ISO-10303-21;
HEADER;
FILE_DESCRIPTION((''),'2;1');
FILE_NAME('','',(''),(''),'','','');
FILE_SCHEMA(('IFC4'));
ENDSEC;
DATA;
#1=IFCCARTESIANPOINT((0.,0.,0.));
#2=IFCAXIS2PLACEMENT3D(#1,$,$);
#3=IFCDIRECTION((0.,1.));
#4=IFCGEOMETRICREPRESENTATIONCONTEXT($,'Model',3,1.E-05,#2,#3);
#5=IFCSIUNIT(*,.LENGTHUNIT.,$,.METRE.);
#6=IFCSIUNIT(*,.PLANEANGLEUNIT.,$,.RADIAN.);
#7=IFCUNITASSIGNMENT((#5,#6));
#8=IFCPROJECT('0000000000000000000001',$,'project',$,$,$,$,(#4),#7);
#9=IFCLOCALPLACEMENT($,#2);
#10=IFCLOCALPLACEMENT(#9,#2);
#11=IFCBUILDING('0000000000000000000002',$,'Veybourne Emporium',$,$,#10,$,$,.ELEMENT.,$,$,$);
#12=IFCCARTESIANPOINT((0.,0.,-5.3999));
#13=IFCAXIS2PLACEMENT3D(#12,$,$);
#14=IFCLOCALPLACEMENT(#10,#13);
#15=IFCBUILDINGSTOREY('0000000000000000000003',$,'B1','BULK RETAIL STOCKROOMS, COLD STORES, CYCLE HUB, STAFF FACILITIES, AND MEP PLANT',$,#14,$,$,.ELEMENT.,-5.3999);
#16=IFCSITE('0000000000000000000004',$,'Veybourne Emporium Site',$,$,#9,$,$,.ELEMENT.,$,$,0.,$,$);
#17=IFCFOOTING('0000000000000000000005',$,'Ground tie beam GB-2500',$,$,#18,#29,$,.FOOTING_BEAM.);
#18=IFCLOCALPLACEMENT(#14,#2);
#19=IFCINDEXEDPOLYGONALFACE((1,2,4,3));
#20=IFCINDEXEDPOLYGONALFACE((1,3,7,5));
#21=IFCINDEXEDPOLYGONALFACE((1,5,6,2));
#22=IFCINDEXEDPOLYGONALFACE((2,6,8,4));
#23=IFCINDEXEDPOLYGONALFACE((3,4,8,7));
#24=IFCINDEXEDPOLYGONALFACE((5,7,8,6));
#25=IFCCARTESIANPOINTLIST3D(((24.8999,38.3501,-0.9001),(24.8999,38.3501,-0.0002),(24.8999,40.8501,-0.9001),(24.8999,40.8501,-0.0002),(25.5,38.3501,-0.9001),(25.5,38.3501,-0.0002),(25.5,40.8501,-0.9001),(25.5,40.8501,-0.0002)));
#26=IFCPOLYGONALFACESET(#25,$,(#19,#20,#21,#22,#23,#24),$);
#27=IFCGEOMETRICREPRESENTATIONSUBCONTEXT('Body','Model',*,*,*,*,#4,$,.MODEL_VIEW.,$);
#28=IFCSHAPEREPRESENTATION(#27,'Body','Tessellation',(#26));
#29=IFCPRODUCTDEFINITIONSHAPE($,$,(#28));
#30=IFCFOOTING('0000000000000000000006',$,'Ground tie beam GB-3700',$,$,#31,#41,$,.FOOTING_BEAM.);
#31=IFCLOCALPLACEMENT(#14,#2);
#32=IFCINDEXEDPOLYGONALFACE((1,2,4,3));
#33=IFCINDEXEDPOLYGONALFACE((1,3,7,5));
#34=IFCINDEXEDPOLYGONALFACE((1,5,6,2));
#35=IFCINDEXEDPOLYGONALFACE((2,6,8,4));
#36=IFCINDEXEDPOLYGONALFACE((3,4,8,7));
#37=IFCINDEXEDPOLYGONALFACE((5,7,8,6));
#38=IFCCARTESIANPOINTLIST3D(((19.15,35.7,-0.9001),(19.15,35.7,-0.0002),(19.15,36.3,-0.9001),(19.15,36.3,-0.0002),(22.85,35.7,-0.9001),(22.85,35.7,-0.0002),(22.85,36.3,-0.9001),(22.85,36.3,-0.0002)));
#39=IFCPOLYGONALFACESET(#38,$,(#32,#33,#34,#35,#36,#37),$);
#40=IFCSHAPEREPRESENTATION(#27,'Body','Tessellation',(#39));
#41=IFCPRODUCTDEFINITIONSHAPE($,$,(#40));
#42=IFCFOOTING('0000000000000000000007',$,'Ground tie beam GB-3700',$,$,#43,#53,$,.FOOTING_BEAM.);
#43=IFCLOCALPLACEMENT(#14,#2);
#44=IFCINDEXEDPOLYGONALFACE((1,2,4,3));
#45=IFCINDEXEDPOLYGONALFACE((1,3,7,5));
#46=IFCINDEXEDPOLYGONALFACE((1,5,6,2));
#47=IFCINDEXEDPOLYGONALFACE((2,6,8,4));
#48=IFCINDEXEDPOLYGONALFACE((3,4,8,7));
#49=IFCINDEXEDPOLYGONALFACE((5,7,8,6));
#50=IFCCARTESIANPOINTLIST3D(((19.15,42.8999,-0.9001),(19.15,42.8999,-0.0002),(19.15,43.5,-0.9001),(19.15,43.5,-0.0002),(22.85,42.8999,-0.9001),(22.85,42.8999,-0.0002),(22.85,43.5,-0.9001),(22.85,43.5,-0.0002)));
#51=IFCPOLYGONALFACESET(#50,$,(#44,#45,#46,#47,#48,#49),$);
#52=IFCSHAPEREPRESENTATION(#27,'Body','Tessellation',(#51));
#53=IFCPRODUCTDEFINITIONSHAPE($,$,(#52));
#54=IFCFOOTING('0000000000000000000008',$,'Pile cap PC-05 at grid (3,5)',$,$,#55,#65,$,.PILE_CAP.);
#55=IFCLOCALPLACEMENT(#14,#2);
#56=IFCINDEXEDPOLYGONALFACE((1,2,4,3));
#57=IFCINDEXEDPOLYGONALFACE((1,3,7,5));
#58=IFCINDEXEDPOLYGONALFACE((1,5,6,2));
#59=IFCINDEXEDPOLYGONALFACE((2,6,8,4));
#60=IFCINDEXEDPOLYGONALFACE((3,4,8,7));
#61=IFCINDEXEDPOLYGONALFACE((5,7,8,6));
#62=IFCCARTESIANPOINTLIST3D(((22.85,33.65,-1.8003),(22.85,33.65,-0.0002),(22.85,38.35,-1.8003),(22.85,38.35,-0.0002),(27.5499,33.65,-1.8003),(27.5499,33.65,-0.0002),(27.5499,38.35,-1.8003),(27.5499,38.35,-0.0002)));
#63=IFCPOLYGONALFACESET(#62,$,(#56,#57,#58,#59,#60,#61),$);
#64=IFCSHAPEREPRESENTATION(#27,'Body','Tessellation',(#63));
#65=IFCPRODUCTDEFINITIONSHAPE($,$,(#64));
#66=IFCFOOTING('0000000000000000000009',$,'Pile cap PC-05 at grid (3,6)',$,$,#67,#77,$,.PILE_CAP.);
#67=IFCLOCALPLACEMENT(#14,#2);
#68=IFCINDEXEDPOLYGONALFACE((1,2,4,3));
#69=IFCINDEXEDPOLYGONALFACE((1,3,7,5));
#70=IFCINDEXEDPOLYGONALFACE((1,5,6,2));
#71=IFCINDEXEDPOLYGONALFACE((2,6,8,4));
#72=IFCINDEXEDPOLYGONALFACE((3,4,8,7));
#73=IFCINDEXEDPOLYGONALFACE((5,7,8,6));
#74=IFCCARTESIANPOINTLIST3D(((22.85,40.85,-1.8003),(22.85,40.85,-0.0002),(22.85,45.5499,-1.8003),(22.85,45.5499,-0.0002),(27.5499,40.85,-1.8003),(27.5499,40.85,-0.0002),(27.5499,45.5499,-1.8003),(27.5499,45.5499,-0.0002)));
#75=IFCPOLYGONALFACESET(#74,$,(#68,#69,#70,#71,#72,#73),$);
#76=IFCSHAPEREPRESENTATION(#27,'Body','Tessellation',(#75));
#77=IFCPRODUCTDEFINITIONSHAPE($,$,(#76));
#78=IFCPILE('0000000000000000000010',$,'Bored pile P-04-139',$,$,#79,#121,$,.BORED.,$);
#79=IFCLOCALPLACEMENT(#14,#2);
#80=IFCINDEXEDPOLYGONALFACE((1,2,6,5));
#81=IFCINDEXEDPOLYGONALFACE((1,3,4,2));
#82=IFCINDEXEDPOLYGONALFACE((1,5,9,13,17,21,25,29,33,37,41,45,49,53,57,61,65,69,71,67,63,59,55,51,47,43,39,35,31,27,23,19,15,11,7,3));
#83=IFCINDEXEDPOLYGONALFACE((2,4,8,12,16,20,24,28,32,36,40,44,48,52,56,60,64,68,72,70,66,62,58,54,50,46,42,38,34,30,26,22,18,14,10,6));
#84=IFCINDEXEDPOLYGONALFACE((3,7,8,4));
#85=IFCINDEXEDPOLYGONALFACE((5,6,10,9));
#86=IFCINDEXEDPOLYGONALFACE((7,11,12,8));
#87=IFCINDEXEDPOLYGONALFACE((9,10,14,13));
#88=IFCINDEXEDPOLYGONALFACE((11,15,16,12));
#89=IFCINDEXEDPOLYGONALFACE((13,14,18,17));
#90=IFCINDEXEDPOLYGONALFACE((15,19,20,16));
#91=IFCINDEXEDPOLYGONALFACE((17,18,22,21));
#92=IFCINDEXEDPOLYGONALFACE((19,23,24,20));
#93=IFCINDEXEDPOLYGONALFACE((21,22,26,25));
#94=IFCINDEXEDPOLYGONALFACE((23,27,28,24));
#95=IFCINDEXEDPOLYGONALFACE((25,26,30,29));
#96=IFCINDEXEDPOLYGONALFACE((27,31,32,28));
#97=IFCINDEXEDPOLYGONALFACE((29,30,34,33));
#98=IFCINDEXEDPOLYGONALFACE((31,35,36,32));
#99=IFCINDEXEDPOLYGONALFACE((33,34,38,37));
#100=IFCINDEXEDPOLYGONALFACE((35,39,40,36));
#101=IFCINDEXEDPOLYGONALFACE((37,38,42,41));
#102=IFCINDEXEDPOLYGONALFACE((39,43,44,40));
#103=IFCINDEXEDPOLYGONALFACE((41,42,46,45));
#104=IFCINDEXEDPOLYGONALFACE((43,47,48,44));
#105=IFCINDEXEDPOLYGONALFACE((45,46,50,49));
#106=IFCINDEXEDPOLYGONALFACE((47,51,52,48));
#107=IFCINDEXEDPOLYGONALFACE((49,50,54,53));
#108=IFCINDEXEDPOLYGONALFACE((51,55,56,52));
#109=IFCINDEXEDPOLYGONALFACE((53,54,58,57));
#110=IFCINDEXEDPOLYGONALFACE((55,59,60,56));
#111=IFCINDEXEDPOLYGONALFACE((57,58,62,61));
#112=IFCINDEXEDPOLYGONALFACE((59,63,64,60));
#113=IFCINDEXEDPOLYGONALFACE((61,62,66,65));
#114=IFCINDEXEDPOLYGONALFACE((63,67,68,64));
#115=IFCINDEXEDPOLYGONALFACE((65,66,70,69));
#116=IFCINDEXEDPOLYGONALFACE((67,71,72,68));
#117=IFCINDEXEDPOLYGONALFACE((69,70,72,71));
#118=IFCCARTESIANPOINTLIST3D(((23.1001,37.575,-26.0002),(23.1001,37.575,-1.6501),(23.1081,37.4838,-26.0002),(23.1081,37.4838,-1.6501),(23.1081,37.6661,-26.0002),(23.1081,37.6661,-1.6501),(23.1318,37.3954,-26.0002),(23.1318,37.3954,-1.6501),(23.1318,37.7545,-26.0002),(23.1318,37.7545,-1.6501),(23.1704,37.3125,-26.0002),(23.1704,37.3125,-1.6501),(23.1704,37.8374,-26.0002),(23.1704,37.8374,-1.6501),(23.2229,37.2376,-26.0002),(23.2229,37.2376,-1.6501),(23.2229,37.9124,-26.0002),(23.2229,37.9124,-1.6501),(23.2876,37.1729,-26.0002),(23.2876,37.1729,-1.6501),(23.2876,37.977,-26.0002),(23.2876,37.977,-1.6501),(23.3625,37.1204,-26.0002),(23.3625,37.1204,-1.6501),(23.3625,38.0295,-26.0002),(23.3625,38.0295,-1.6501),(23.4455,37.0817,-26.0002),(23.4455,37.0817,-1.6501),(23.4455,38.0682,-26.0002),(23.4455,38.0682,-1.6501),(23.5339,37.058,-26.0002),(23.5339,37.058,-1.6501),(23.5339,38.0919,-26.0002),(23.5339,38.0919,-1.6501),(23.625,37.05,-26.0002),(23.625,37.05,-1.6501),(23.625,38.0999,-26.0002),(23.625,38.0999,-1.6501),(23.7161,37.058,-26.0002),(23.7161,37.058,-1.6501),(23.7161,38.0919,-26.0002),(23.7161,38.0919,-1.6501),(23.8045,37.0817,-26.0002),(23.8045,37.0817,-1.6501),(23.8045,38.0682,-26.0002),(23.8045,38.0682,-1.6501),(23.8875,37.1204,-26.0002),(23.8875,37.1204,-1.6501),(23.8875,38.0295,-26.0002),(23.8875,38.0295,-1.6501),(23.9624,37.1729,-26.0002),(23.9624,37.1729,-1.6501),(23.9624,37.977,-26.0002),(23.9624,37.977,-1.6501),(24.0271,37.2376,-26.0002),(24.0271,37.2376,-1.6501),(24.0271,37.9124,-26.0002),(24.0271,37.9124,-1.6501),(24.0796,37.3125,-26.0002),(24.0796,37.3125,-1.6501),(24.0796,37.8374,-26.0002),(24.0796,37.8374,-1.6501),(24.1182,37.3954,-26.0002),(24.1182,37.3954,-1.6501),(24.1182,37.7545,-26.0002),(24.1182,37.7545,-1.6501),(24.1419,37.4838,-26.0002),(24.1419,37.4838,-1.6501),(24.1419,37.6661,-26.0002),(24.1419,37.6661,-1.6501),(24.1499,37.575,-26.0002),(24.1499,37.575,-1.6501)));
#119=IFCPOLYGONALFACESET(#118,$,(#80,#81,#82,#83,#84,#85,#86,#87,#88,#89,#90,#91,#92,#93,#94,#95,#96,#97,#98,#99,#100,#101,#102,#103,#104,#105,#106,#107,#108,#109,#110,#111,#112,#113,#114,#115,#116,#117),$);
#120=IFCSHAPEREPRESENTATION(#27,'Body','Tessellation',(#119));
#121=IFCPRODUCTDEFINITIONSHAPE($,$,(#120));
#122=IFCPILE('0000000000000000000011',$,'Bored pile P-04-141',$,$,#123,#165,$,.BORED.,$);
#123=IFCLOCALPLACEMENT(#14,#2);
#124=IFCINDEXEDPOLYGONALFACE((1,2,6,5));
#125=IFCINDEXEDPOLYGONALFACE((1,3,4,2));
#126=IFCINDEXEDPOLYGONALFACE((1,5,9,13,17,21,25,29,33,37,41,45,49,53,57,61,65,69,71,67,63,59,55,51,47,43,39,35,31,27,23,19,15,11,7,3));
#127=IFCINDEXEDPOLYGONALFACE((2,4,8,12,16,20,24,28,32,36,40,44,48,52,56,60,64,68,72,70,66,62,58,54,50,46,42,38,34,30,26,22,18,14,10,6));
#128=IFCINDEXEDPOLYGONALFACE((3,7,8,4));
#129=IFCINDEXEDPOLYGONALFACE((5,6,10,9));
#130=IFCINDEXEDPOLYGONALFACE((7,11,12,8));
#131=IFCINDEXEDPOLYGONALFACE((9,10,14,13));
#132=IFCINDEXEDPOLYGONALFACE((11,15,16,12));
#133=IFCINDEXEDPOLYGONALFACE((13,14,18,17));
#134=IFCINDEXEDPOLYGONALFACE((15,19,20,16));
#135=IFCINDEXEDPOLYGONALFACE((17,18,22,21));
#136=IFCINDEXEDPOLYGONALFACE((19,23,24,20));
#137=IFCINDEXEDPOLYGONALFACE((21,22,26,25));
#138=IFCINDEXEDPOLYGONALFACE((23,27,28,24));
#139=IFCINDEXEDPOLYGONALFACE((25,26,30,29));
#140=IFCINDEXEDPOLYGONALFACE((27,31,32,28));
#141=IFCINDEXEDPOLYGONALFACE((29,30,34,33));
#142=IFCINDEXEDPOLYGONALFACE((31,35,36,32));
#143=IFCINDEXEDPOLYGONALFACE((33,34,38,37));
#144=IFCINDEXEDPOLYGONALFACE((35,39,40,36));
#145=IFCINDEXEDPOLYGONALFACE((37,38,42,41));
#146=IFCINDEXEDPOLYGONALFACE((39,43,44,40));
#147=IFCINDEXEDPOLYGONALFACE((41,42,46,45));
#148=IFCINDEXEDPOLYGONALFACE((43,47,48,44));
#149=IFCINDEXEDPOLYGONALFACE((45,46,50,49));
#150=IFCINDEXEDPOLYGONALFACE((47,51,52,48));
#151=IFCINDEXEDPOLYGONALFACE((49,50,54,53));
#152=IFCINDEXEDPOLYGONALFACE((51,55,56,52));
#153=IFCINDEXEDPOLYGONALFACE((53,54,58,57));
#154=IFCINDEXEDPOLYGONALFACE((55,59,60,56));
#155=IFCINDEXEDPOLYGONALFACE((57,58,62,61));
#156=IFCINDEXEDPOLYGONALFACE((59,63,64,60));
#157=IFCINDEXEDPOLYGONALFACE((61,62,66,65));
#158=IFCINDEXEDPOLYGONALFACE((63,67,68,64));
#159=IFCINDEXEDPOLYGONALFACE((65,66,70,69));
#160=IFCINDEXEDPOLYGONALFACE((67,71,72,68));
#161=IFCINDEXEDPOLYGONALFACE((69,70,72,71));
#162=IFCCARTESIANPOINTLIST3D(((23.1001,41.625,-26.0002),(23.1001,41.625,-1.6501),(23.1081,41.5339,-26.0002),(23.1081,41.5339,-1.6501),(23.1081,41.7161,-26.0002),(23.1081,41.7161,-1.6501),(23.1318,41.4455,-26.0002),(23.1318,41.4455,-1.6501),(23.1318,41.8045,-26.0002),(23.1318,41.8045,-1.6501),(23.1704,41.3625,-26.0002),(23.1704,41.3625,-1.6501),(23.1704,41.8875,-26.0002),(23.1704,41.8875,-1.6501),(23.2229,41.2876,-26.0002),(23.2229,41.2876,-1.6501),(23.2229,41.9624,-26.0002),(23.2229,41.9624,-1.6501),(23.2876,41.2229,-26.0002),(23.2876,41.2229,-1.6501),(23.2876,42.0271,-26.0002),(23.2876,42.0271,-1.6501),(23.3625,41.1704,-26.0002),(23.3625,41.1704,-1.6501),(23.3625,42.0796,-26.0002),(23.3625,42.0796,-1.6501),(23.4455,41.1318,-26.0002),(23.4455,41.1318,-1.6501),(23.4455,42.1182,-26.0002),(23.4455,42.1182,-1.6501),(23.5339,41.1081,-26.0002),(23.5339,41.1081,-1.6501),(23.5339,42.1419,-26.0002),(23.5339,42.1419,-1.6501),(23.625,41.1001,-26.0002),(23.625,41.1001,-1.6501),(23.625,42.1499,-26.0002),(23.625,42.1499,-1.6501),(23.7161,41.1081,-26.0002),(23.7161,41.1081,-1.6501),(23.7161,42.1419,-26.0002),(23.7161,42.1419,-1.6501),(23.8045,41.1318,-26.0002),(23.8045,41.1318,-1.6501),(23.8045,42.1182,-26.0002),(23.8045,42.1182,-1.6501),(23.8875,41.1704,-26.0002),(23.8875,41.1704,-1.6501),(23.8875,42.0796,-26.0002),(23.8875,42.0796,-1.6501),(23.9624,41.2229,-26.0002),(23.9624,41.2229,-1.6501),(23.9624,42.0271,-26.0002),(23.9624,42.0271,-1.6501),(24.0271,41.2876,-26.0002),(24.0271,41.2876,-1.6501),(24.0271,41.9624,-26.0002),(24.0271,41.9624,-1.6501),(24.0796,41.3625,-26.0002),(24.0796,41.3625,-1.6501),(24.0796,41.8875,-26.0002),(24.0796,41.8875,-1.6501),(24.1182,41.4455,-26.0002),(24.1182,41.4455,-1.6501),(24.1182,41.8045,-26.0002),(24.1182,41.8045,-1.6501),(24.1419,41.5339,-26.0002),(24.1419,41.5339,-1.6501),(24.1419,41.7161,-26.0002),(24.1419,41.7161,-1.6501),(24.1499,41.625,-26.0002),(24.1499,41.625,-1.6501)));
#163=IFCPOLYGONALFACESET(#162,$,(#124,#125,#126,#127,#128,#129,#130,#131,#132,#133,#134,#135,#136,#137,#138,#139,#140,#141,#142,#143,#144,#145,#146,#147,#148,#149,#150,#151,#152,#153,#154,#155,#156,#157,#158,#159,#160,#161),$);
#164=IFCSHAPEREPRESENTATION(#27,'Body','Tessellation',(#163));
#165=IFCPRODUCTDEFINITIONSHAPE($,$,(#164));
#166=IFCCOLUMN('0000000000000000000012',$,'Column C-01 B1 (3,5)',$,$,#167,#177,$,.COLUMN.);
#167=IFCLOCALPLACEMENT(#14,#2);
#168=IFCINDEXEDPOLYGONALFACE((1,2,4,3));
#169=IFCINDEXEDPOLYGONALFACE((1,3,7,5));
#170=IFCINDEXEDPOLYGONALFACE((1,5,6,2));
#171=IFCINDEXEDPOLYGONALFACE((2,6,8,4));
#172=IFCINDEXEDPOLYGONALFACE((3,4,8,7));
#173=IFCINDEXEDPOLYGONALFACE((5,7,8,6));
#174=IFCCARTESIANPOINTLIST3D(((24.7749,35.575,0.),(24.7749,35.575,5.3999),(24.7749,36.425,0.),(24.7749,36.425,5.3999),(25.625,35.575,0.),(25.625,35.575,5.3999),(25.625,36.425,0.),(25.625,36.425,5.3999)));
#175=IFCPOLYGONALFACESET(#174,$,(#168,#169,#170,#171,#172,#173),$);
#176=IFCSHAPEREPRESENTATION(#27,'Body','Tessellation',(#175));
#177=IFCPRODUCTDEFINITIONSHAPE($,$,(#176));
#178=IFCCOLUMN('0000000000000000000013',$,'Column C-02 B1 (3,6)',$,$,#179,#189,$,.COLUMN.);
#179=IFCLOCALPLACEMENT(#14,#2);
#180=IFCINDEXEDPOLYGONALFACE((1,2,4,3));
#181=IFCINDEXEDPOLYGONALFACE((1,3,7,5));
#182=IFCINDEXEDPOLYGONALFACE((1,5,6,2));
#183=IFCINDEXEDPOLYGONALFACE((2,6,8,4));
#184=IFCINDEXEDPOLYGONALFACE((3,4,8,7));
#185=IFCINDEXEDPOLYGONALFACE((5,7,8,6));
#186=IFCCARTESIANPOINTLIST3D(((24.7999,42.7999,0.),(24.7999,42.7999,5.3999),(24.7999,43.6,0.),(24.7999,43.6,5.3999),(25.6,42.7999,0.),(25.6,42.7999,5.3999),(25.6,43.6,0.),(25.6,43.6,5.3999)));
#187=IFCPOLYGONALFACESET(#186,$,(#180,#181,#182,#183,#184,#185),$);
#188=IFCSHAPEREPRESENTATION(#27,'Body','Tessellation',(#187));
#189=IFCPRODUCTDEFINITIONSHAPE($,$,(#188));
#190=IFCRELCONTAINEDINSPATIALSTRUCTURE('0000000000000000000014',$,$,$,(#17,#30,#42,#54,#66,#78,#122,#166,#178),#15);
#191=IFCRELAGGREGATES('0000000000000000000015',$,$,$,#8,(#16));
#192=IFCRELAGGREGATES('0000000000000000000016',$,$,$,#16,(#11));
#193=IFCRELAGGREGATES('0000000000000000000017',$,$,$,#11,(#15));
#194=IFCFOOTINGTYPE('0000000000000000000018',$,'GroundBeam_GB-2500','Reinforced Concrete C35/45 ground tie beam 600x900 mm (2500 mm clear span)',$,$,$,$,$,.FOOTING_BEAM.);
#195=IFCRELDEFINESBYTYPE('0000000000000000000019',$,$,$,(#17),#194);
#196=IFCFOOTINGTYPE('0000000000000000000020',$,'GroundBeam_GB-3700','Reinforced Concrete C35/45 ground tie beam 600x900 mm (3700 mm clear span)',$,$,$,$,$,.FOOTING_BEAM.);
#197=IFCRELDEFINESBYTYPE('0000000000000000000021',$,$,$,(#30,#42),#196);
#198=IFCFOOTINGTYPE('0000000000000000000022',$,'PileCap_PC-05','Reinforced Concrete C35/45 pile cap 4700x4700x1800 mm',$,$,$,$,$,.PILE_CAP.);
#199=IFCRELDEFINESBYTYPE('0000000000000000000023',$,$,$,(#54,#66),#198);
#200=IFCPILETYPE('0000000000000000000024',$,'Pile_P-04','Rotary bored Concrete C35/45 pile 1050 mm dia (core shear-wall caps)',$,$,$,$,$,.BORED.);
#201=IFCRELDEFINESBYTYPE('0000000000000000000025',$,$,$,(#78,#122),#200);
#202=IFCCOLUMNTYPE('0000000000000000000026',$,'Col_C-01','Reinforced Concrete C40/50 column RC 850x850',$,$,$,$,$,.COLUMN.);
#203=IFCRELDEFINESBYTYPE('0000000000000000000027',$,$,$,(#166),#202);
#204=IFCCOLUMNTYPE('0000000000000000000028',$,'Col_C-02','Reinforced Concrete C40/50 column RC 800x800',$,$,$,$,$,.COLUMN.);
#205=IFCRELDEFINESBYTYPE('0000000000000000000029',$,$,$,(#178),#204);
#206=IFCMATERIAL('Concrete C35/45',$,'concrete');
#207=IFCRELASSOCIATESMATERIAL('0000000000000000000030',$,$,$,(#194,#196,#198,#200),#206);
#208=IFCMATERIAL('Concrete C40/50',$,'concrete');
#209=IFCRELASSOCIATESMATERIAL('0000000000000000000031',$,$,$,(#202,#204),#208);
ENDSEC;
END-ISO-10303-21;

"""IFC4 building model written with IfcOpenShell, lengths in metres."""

from ifc_helpers import new_model, si_unit, direction, frame, origin, origin_2d, place, context, subcontext, project, spatial, rectangle, circle, extrude, material, material_profile, profile_set, type_object, element, save


model = new_model("IFC4")

# Units and contexts
model_context = context("Model", 3, precision=1e-05, world=origin(), true_north=direction((0.0, 1.0)))
body_context = subcontext(model_context, "Body", "Model", "MODEL_VIEW")
ifc_project = project(units=[si_unit("LENGTHUNIT", "METRE"), si_unit("PLANEANGLEUNIT", "RADIAN")], contexts=[model_context])

# Site, building, storey
site_placement = place(None, origin())
site = spatial("IfcSite", under=ifc_project, at=site_placement, Name="Veybourne Emporium Site", CompositionType="ELEMENT", RefElevation=0.0)
building_placement = place(site_placement, origin())
building = spatial("IfcBuilding", under=site, at=building_placement, Name="Veybourne Emporium", CompositionType="ELEMENT")
storey_placement = place(building_placement, frame((0.0, 0.0, -5.3999)))
storey = spatial("IfcBuildingStorey", under=building, at=storey_placement, Name="B1", Description="BULK RETAIL STOCKROOMS, COLD STORES, CYCLE HUB, STAFF FACILITIES, AND MEP PLANT", CompositionType="ELEMENT", Elevation=-5.3999)

# Footings
ifc_material_1 = material(Name="Concrete C35/45", Category="concrete")
footing_type_1 = type_object("IfcFootingType", Name="GroundBeam_GB-2500", Description="Reinforced Concrete C35/45 ground tie beam 600x900 mm (2500 mm clear span)", PredefinedType="FOOTING_BEAM", material=ifc_material_1)
footing_placement = place(storey_placement, frame((25.2, 39.6001, -0.9001), z_axis=(0.0, 0.0, 1.0), x_axis=(0.0, 1.0, 0.0)))
element("IfcFooting", 1, at=footing_placement, inside=storey, type_object=footing_type_1, Name="Ground tie beam GB-2500", PredefinedType="FOOTING_BEAM", context=body_context, shape_type="SweptSolid", body=[
    extrude(rectangle(XDim=2.5, YDim=0.6001, at=origin_2d()), origin(), (0.0, 0.0, 1.0), 0.8999),
])
footing_type_2 = type_object("IfcFootingType", Name="GroundBeam_GB-3700", Description="Reinforced Concrete C35/45 ground tie beam 600x900 mm (3700 mm clear span)", PredefinedType="FOOTING_BEAM", material=ifc_material_1)
for number, where, z_axis, x_axis, name in (
    (2, (21.0, 36.0, -0.9001), (0.0, 0.0, 1.0), (1.0, 0.0, 0.0), "Ground tie beam GB-3700"),
    (3, (21.0, 43.2, -0.9001), (0.0, 0.0, 1.0), (1.0, 0.0, 0.0), "Ground tie beam GB-3700"),
):
    element("IfcFooting", number, at=place(storey_placement, frame(where, z_axis=z_axis, x_axis=x_axis)), inside=storey, type_object=footing_type_2, Name=name, PredefinedType="FOOTING_BEAM", context=body_context, shape_type="SweptSolid", body=[
        extrude(rectangle(XDim=3.7, YDim=0.6001, at=origin_2d()), origin(), (0.0, 0.0, 1.0), 0.8999),
    ])
footing_type_3 = type_object("IfcFootingType", Name="PileCap_PC-05", Description="Reinforced Concrete C35/45 pile cap 4700x4700x1800 mm", PredefinedType="PILE_CAP", material=ifc_material_1)
for number, where, z_axis, x_axis, name in (
    (4, (25.2, 36.0, -1.8003), (0.0, 0.0, 1.0), (1.0, 0.0, 0.0), "Pile cap PC-05 at grid (3,5)"),
    (5, (25.2, 43.2, -1.8003), (0.0, 0.0, 1.0), (1.0, 0.0, 0.0), "Pile cap PC-05 at grid (3,6)"),
):
    element("IfcFooting", number, at=place(storey_placement, frame(where, z_axis=z_axis, x_axis=x_axis)), inside=storey, type_object=footing_type_3, Name=name, PredefinedType="PILE_CAP", context=body_context, shape_type="SweptSolid", body=[
        extrude(rectangle(XDim=4.7, YDim=4.7, at=origin_2d()), origin(), (0.0, 0.0, 1.0), 1.8),
    ])

# Piles
ifc_material_profile_1 = material_profile(ifc_material_1, circle(Radius=0.5249, at=origin_2d()), Name="BORED PILE 1050")
ifc_profile_set_1 = profile_set([ifc_material_profile_1], Name="Concrete C35/45")
pile_type = type_object("IfcPileType", Name="Pile_P-04", Description="Rotary bored Concrete C35/45 pile 1050 mm dia (core shear-wall caps)", PredefinedType="BORED", material=ifc_profile_set_1)
for number, where, z_axis, x_axis, name in (
    (6, (23.625, 37.575, -1.6501), (0.0, 0.0, -1.0), (1.0, 0.0, 0.0), "Bored pile P-04-139"),
    (7, (23.625, 41.625, -1.6501), (0.0, 0.0, -1.0), (1.0, 0.0, 0.0), "Bored pile P-04-141"),
):
    element("IfcPile", number, at=place(storey_placement, frame(where, z_axis=z_axis, x_axis=x_axis)), inside=storey, type_object=pile_type, Name=name, PredefinedType="BORED", context=body_context, shape_type="SweptSolid", body=[
        extrude(circle(Radius=0.5249, at=origin_2d()), origin(), (0.0, 0.0, 1.0), 24.3501),
    ])

# Columns
ifc_material_2 = material(Name="Concrete C40/50", Category="concrete")
ifc_material_profile_2 = material_profile(ifc_material_2, rectangle(XDim=0.8501, YDim=0.8501, at=origin_2d()), Name="RC 850x850")
ifc_profile_set_2 = profile_set([ifc_material_profile_2], Name="Concrete C40/50")
column_type_1 = type_object("IfcColumnType", Name="Col_C-01", Description="Reinforced Concrete C40/50 column RC 850x850", PredefinedType="COLUMN", material=ifc_profile_set_2)
column_1_placement = place(storey_placement, frame((25.2, 36.0, 0.0), z_axis=(0.0, 0.0, 1.0), x_axis=(1.0, 0.0, 0.0)))
element("IfcColumn", 8, at=column_1_placement, inside=storey, type_object=column_type_1, Name="Column C-01 B1 (3,5)", PredefinedType="COLUMN", context=body_context, shape_type="SweptSolid", body=[
    extrude(rectangle(XDim=0.8501, YDim=0.8501, at=origin_2d()), origin(), (0.0, 0.0, 1.0), 5.3999),
])
ifc_material_profile_3 = material_profile(ifc_material_2, rectangle(XDim=0.8, YDim=0.8, at=origin_2d()), Name="RC 800x800")
ifc_profile_set_3 = profile_set([ifc_material_profile_3], Name="Concrete C40/50")
column_type_2 = type_object("IfcColumnType", Name="Col_C-02", Description="Reinforced Concrete C40/50 column RC 800x800", PredefinedType="COLUMN", material=ifc_profile_set_3)
column_2_placement = place(storey_placement, frame((25.2, 43.2, 0.0), z_axis=(0.0, 0.0, 1.0), x_axis=(1.0, 0.0, 0.0)))
element("IfcColumn", 9, at=column_2_placement, inside=storey, type_object=column_type_2, Name="Column C-02 B1 (3,6)", PredefinedType="COLUMN", context=body_context, shape_type="SweptSolid", body=[
    extrude(rectangle(XDim=0.8, YDim=0.8, at=origin_2d()), origin(), (0.0, 0.0, 1.0), 5.3999),
])

save(model, "model.ifc")
